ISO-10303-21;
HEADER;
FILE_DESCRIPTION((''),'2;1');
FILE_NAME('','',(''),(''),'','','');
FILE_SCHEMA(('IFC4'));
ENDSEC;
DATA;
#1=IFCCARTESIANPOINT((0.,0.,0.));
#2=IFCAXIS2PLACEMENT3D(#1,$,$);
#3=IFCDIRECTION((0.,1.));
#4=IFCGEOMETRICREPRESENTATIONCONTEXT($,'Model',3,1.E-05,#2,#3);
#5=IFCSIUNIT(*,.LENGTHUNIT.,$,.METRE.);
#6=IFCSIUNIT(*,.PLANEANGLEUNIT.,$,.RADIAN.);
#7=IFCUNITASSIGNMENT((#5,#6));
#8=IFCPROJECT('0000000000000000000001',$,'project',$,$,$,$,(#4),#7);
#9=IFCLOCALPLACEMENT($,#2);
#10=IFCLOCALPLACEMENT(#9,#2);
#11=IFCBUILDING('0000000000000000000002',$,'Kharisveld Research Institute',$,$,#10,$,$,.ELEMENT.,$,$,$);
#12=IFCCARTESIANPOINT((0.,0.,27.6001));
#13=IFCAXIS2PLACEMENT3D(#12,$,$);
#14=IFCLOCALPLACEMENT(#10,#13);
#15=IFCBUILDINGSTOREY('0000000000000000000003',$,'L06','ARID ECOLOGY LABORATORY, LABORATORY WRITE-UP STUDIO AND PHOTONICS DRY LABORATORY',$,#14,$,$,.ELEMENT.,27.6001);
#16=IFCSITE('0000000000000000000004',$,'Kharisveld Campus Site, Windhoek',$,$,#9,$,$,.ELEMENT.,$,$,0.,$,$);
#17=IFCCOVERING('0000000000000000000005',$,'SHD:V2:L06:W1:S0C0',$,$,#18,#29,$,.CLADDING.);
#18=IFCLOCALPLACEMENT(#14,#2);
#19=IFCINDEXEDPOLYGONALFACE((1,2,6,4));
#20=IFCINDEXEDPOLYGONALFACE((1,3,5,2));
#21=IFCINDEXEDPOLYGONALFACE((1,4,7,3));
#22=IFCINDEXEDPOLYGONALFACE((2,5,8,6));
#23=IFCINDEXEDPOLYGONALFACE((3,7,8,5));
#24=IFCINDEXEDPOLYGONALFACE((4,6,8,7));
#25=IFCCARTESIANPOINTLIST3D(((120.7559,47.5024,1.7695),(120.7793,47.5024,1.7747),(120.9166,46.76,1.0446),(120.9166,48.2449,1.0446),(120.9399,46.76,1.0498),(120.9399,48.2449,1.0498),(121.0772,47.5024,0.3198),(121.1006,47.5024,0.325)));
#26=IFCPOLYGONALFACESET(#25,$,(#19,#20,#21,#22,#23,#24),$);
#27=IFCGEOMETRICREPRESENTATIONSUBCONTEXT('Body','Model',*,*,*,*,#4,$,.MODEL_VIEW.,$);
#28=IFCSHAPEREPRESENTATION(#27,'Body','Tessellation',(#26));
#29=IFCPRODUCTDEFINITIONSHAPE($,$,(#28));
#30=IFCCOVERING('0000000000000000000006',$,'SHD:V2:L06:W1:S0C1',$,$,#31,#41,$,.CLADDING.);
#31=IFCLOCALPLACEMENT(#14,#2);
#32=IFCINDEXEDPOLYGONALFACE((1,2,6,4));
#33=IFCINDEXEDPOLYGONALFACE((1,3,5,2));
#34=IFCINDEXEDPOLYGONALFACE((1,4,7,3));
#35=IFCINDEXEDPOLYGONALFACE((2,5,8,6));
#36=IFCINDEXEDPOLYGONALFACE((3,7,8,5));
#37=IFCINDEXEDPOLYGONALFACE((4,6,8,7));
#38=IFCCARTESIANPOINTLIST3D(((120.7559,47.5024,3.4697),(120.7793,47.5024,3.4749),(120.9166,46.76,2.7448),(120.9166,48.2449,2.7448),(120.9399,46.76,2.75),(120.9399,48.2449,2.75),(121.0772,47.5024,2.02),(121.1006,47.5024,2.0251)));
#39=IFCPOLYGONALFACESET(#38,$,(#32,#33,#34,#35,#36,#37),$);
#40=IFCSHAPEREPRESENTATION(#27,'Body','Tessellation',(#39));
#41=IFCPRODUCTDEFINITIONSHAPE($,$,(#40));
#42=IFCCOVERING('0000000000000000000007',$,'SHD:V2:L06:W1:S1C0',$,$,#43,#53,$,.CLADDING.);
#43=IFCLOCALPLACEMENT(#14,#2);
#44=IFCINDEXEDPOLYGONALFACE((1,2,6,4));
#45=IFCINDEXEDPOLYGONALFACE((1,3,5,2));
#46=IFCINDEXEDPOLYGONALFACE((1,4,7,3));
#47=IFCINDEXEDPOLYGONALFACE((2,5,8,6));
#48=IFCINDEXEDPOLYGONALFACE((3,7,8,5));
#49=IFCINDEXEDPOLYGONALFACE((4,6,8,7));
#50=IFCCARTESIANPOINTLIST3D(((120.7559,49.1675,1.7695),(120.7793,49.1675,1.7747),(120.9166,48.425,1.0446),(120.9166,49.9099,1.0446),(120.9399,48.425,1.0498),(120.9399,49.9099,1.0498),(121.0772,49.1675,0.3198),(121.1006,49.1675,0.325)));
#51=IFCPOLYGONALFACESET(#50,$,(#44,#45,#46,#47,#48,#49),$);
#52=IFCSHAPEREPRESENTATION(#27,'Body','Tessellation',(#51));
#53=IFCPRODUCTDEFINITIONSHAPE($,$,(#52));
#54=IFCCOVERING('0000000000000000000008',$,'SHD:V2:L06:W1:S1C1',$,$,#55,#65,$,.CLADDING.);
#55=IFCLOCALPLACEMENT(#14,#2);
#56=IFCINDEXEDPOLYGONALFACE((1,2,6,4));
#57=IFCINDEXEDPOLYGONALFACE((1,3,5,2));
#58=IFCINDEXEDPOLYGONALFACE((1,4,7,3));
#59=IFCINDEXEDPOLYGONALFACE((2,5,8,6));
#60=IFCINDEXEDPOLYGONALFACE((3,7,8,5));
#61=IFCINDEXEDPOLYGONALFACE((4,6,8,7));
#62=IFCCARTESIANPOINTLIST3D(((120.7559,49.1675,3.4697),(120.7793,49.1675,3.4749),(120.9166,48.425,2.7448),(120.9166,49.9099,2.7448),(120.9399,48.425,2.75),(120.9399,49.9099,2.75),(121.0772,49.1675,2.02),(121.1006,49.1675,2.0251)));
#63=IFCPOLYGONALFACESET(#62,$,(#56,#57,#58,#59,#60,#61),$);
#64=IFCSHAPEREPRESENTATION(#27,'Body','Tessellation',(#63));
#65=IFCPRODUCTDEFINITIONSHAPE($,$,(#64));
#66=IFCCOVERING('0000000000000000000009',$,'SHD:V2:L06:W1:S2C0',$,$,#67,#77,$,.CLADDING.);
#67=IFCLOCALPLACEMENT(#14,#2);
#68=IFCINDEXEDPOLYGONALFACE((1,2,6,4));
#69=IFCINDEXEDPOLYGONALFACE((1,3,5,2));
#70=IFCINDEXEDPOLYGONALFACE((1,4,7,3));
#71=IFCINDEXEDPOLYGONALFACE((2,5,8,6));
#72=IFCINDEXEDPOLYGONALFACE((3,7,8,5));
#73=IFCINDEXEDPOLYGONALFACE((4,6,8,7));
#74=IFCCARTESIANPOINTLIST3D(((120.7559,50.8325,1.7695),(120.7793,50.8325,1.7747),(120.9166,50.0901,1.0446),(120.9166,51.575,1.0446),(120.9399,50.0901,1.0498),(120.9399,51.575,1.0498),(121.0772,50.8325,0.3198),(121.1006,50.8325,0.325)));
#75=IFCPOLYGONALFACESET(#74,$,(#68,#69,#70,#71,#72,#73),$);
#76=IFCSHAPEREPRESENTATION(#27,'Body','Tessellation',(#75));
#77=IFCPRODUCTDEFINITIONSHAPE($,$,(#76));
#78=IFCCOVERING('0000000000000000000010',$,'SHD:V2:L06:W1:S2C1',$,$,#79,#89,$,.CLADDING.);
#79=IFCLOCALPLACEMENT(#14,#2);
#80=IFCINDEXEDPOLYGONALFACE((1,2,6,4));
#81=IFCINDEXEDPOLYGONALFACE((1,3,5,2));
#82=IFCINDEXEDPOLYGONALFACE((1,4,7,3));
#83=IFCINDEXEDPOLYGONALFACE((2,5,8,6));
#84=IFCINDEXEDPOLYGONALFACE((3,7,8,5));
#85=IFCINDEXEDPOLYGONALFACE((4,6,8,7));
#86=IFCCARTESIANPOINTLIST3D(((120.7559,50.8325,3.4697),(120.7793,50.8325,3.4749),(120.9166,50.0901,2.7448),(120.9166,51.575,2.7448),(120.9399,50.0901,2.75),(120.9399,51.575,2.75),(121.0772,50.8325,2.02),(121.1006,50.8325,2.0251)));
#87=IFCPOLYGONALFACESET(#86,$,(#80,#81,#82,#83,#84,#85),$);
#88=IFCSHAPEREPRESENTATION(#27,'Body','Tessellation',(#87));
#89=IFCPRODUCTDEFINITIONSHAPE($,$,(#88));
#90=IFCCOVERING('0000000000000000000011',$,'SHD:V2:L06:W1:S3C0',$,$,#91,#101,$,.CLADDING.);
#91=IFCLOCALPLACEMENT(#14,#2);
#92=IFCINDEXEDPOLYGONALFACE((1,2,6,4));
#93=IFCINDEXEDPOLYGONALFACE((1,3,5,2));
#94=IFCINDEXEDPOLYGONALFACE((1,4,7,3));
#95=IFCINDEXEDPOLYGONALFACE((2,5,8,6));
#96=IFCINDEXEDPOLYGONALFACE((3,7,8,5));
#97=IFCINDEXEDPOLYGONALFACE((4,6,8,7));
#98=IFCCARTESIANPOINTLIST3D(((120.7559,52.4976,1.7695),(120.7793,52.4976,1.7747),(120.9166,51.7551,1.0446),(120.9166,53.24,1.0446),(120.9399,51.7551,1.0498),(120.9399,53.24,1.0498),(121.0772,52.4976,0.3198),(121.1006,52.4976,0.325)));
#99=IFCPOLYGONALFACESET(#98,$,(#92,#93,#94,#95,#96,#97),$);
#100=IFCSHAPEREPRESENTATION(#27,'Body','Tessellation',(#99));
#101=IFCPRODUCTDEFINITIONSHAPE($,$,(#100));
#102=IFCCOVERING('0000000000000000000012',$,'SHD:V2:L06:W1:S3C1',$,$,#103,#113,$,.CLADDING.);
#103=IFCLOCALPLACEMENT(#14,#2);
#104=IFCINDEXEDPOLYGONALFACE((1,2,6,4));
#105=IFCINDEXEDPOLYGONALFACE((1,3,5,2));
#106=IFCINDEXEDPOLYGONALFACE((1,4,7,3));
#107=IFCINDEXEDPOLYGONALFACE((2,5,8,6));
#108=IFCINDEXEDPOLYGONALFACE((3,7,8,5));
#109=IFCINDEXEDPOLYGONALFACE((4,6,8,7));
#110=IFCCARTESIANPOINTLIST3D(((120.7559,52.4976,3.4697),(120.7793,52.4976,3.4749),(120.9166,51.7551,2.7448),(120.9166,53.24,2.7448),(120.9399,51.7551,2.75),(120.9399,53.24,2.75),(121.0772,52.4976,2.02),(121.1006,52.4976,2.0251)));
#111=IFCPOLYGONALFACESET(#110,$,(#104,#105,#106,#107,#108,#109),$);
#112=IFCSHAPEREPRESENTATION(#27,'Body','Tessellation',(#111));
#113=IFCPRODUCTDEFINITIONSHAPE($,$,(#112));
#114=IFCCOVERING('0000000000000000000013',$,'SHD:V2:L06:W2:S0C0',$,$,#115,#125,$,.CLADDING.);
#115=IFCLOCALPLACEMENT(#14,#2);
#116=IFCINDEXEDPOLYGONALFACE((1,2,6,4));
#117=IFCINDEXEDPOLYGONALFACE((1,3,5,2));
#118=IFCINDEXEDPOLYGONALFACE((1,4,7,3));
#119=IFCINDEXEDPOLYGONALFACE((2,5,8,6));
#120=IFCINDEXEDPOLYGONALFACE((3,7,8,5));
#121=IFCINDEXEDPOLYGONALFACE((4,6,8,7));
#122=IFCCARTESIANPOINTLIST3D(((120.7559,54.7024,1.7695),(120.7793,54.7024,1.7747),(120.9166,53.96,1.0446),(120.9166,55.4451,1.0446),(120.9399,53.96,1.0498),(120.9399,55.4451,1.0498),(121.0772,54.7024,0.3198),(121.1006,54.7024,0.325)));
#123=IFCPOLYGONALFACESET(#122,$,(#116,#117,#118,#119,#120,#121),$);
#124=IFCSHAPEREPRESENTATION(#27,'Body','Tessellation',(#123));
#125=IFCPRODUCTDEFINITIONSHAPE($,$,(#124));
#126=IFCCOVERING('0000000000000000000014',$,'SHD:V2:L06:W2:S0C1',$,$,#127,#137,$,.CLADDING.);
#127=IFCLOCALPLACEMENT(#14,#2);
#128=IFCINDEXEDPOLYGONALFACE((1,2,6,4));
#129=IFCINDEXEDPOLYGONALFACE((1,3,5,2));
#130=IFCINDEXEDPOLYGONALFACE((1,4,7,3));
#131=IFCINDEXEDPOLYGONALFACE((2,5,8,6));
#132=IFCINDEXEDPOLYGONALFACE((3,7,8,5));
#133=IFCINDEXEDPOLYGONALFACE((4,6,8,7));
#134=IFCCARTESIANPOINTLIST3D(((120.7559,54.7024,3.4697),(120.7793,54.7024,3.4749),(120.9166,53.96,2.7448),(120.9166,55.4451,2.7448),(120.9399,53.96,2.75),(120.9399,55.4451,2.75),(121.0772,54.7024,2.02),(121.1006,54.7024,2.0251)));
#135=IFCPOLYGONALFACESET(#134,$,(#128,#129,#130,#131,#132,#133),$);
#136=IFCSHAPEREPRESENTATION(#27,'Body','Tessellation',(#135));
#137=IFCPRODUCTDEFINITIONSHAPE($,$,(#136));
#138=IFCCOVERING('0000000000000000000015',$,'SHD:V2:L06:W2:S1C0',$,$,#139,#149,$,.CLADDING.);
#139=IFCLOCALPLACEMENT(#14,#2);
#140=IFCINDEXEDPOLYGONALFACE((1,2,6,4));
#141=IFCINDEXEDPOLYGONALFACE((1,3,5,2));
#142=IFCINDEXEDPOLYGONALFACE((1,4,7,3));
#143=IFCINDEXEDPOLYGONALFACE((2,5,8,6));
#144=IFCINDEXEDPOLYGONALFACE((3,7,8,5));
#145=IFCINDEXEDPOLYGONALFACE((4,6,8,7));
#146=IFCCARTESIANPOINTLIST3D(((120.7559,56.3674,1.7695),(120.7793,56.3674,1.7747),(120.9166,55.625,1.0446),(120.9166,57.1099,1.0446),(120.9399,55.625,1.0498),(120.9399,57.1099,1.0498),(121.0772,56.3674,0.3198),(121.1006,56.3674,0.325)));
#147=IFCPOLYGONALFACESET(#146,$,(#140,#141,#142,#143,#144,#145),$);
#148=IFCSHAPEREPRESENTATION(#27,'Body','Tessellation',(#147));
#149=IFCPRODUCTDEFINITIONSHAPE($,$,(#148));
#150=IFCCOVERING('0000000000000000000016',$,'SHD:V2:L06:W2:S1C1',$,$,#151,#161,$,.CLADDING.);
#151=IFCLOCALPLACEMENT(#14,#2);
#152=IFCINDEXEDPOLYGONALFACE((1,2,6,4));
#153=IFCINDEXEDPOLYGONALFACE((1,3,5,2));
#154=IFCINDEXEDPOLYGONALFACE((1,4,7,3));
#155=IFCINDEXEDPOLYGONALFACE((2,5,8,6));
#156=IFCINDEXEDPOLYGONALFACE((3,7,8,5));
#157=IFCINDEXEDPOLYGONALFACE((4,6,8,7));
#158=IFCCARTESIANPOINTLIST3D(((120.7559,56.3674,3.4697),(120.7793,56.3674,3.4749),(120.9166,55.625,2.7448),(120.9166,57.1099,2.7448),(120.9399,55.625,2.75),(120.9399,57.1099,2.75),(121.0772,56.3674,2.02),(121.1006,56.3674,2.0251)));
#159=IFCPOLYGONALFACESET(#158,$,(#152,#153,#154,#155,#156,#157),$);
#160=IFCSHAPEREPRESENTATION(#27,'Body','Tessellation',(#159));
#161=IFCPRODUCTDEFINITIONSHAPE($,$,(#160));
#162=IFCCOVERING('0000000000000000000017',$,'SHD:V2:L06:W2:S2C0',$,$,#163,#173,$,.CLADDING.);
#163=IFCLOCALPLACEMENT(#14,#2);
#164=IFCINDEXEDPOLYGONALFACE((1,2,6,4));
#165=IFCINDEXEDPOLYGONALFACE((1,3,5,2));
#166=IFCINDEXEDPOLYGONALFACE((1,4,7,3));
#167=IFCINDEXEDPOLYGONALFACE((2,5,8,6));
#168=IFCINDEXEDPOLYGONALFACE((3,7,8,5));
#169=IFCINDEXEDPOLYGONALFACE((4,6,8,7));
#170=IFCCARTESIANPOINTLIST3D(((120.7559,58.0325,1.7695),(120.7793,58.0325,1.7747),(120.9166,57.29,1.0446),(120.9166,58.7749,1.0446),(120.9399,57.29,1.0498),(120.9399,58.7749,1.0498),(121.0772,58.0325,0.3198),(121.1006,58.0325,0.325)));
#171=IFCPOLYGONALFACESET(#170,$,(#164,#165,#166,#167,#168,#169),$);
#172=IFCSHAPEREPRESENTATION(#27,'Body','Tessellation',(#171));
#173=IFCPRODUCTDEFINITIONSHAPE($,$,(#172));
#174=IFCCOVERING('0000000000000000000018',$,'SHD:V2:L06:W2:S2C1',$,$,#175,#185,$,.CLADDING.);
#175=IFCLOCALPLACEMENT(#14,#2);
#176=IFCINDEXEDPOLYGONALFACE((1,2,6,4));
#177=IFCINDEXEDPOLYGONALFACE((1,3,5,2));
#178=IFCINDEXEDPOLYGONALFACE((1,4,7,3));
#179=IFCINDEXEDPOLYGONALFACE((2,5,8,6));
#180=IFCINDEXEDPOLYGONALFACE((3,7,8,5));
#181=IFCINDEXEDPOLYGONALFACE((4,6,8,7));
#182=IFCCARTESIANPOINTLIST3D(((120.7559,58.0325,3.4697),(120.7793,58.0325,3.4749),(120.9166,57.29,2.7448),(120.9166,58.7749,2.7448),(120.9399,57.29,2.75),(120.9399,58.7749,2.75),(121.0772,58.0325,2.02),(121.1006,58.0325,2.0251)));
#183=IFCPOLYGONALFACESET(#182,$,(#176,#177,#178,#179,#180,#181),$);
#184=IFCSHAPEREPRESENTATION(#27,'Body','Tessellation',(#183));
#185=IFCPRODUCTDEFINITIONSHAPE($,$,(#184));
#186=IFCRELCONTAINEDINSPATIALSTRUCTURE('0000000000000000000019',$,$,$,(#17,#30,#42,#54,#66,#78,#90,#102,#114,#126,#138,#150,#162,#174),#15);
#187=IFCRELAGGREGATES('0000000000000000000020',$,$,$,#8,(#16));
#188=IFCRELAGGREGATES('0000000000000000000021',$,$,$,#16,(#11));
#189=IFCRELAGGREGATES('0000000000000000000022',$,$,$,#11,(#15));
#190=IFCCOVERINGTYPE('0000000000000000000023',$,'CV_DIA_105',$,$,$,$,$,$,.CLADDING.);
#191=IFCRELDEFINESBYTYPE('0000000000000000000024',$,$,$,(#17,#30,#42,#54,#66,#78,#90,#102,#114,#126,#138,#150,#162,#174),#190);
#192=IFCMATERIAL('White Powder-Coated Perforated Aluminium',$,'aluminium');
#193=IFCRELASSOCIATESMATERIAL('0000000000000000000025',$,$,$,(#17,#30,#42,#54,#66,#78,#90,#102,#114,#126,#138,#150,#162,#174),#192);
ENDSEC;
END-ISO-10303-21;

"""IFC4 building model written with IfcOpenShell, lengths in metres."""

from ifc_helpers import new_model, si_unit, direction, frame, origin, place, context, subcontext, project, spatial, polyline, outline, extrude, material, type_object, element, save


model = new_model("IFC4")

# Units and contexts
model_context = context("Model", 3, precision=1e-05, world=origin(), true_north=direction((0.0, 1.0)))
body_context = subcontext(model_context, "Body", "Model", "MODEL_VIEW")
ifc_project = project(units=[si_unit("LENGTHUNIT", "METRE"), si_unit("PLANEANGLEUNIT", "RADIAN")], contexts=[model_context])

# Site, building, storey
site_placement = place(None, origin())
site = spatial("IfcSite", under=ifc_project, at=site_placement, Name="Kharisveld Campus Site, Windhoek", CompositionType="ELEMENT", RefElevation=0.0)
building_placement = place(site_placement, origin())
building = spatial("IfcBuilding", under=site, at=building_placement, Name="Kharisveld Research Institute", CompositionType="ELEMENT")
storey_placement = place(building_placement, frame((0.0, 0.0, 27.6001)))
storey = spatial("IfcBuildingStorey", under=building, at=storey_placement, Name="L06", Description="ARID ECOLOGY LABORATORY, LABORATORY WRITE-UP STUDIO AND PHOTONICS DRY LABORATORY", CompositionType="ELEMENT", Elevation=27.6001)

# Coverings
ifc_material_1 = material(Name="White Powder-Coated Perforated Aluminium", Category="aluminium")
covering_type = type_object("IfcCoveringType", Name="CV_DIA_105", PredefinedType="CLADDING")
for number, where, z_axis, x_axis, name in (
    (1, (121.1006, 47.5024, 0.325), (0.976311, 0.0, 0.216373), (-0.153, 0.707102, 0.69036), "SHD:V2:L06:W1:S0C0"),
    (2, (121.1006, 47.5024, 2.0251), (0.976311, 0.0, 0.216373), (-0.153, 0.707102, 0.69036), "SHD:V2:L06:W1:S0C1"),
    (3, (121.1006, 49.1675, 0.325), (0.976311, 0.0, 0.216373), (-0.153, 0.707102, 0.69036), "SHD:V2:L06:W1:S1C0"),
    (4, (121.1006, 49.1675, 2.0251), (0.976311, 0.0, 0.216373), (-0.153, 0.707102, 0.69036), "SHD:V2:L06:W1:S1C1"),
    (5, (121.1006, 50.8325, 0.325), (0.976311, 0.0, 0.216373), (-0.153, 0.707102, 0.69036), "SHD:V2:L06:W1:S2C0"),
    (6, (121.1006, 50.8325, 2.0251), (0.976311, 0.0, 0.216373), (-0.153, 0.707102, 0.69036), "SHD:V2:L06:W1:S2C1"),
    (7, (121.1006, 52.4976, 0.325), (0.976311, 0.0, 0.216373), (-0.153, 0.707102, 0.69036), "SHD:V2:L06:W1:S3C0"),
    (8, (121.1006, 52.4976, 2.0251), (0.976311, 0.0, 0.216373), (-0.153, 0.707102, 0.69036), "SHD:V2:L06:W1:S3C1"),
):
    element("IfcCovering", number, at=place(storey_placement, frame(where, z_axis=z_axis, x_axis=x_axis)), inside=storey, type_object=covering_type, material=ifc_material_1, Name=name, PredefinedType="CLADDING", context=body_context, shape_type="SweptSolid", body=[
        extrude(outline(polyline([(0.0, 0.0), (1.05, 0.0), (1.05, 1.05), (0.0, 1.05), (0.0, 0.0)])), origin(), (0.0, 0.0, -1.0), 0.0239),
    ])
for number, where, z_axis, x_axis, name in (
    (9, (121.1006, 54.7024, 0.325), (0.976311, 0.0, 0.216373), (-0.152975, 0.707218, 0.690247), "SHD:V2:L06:W2:S0C0"),
    (10, (121.1006, 54.7024, 2.0251), (0.976311, 0.0, 0.216373), (-0.152975, 0.707218, 0.690247), "SHD:V2:L06:W2:S0C1"),
):
    element("IfcCovering", number, at=place(storey_placement, frame(where, z_axis=z_axis, x_axis=x_axis)), inside=storey, type_object=covering_type, material=ifc_material_1, Name=name, PredefinedType="CLADDING", context=body_context, shape_type="SweptSolid", body=[
        extrude(outline(polyline([(0.0, 0.0), (1.0501, 0.0), (1.0498, 1.0501), (-0.0002, 1.05), (0.0, 0.0)])), origin(), (0.0, 0.0, -1.0), 0.0239),
    ])
for number, where, z_axis, x_axis, name in (
    (11, (121.1006, 56.3674, 0.325), (0.976311, 0.0, 0.216373), (-0.153, 0.707102, 0.69036), "SHD:V2:L06:W2:S1C0"),
    (12, (121.1006, 56.3674, 2.0251), (0.976311, 0.0, 0.216373), (-0.153, 0.707102, 0.69036), "SHD:V2:L06:W2:S1C1"),
    (13, (121.1006, 58.0325, 0.325), (0.976311, 0.0, 0.216373), (-0.153, 0.707102, 0.69036), "SHD:V2:L06:W2:S2C0"),
    (14, (121.1006, 58.0325, 2.0251), (0.976311, 0.0, 0.216373), (-0.153, 0.707102, 0.69036), "SHD:V2:L06:W2:S2C1"),
):
    element("IfcCovering", number, at=place(storey_placement, frame(where, z_axis=z_axis, x_axis=x_axis)), inside=storey, type_object=covering_type, material=ifc_material_1, Name=name, PredefinedType="CLADDING", context=body_context, shape_type="SweptSolid", body=[
        extrude(outline(polyline([(0.0, 0.0), (1.05, 0.0), (1.05, 1.05), (0.0, 1.05), (0.0, 0.0)])), origin(), (0.0, 0.0, -1.0), 0.0239),
    ])

save(model, "model.ifc")
